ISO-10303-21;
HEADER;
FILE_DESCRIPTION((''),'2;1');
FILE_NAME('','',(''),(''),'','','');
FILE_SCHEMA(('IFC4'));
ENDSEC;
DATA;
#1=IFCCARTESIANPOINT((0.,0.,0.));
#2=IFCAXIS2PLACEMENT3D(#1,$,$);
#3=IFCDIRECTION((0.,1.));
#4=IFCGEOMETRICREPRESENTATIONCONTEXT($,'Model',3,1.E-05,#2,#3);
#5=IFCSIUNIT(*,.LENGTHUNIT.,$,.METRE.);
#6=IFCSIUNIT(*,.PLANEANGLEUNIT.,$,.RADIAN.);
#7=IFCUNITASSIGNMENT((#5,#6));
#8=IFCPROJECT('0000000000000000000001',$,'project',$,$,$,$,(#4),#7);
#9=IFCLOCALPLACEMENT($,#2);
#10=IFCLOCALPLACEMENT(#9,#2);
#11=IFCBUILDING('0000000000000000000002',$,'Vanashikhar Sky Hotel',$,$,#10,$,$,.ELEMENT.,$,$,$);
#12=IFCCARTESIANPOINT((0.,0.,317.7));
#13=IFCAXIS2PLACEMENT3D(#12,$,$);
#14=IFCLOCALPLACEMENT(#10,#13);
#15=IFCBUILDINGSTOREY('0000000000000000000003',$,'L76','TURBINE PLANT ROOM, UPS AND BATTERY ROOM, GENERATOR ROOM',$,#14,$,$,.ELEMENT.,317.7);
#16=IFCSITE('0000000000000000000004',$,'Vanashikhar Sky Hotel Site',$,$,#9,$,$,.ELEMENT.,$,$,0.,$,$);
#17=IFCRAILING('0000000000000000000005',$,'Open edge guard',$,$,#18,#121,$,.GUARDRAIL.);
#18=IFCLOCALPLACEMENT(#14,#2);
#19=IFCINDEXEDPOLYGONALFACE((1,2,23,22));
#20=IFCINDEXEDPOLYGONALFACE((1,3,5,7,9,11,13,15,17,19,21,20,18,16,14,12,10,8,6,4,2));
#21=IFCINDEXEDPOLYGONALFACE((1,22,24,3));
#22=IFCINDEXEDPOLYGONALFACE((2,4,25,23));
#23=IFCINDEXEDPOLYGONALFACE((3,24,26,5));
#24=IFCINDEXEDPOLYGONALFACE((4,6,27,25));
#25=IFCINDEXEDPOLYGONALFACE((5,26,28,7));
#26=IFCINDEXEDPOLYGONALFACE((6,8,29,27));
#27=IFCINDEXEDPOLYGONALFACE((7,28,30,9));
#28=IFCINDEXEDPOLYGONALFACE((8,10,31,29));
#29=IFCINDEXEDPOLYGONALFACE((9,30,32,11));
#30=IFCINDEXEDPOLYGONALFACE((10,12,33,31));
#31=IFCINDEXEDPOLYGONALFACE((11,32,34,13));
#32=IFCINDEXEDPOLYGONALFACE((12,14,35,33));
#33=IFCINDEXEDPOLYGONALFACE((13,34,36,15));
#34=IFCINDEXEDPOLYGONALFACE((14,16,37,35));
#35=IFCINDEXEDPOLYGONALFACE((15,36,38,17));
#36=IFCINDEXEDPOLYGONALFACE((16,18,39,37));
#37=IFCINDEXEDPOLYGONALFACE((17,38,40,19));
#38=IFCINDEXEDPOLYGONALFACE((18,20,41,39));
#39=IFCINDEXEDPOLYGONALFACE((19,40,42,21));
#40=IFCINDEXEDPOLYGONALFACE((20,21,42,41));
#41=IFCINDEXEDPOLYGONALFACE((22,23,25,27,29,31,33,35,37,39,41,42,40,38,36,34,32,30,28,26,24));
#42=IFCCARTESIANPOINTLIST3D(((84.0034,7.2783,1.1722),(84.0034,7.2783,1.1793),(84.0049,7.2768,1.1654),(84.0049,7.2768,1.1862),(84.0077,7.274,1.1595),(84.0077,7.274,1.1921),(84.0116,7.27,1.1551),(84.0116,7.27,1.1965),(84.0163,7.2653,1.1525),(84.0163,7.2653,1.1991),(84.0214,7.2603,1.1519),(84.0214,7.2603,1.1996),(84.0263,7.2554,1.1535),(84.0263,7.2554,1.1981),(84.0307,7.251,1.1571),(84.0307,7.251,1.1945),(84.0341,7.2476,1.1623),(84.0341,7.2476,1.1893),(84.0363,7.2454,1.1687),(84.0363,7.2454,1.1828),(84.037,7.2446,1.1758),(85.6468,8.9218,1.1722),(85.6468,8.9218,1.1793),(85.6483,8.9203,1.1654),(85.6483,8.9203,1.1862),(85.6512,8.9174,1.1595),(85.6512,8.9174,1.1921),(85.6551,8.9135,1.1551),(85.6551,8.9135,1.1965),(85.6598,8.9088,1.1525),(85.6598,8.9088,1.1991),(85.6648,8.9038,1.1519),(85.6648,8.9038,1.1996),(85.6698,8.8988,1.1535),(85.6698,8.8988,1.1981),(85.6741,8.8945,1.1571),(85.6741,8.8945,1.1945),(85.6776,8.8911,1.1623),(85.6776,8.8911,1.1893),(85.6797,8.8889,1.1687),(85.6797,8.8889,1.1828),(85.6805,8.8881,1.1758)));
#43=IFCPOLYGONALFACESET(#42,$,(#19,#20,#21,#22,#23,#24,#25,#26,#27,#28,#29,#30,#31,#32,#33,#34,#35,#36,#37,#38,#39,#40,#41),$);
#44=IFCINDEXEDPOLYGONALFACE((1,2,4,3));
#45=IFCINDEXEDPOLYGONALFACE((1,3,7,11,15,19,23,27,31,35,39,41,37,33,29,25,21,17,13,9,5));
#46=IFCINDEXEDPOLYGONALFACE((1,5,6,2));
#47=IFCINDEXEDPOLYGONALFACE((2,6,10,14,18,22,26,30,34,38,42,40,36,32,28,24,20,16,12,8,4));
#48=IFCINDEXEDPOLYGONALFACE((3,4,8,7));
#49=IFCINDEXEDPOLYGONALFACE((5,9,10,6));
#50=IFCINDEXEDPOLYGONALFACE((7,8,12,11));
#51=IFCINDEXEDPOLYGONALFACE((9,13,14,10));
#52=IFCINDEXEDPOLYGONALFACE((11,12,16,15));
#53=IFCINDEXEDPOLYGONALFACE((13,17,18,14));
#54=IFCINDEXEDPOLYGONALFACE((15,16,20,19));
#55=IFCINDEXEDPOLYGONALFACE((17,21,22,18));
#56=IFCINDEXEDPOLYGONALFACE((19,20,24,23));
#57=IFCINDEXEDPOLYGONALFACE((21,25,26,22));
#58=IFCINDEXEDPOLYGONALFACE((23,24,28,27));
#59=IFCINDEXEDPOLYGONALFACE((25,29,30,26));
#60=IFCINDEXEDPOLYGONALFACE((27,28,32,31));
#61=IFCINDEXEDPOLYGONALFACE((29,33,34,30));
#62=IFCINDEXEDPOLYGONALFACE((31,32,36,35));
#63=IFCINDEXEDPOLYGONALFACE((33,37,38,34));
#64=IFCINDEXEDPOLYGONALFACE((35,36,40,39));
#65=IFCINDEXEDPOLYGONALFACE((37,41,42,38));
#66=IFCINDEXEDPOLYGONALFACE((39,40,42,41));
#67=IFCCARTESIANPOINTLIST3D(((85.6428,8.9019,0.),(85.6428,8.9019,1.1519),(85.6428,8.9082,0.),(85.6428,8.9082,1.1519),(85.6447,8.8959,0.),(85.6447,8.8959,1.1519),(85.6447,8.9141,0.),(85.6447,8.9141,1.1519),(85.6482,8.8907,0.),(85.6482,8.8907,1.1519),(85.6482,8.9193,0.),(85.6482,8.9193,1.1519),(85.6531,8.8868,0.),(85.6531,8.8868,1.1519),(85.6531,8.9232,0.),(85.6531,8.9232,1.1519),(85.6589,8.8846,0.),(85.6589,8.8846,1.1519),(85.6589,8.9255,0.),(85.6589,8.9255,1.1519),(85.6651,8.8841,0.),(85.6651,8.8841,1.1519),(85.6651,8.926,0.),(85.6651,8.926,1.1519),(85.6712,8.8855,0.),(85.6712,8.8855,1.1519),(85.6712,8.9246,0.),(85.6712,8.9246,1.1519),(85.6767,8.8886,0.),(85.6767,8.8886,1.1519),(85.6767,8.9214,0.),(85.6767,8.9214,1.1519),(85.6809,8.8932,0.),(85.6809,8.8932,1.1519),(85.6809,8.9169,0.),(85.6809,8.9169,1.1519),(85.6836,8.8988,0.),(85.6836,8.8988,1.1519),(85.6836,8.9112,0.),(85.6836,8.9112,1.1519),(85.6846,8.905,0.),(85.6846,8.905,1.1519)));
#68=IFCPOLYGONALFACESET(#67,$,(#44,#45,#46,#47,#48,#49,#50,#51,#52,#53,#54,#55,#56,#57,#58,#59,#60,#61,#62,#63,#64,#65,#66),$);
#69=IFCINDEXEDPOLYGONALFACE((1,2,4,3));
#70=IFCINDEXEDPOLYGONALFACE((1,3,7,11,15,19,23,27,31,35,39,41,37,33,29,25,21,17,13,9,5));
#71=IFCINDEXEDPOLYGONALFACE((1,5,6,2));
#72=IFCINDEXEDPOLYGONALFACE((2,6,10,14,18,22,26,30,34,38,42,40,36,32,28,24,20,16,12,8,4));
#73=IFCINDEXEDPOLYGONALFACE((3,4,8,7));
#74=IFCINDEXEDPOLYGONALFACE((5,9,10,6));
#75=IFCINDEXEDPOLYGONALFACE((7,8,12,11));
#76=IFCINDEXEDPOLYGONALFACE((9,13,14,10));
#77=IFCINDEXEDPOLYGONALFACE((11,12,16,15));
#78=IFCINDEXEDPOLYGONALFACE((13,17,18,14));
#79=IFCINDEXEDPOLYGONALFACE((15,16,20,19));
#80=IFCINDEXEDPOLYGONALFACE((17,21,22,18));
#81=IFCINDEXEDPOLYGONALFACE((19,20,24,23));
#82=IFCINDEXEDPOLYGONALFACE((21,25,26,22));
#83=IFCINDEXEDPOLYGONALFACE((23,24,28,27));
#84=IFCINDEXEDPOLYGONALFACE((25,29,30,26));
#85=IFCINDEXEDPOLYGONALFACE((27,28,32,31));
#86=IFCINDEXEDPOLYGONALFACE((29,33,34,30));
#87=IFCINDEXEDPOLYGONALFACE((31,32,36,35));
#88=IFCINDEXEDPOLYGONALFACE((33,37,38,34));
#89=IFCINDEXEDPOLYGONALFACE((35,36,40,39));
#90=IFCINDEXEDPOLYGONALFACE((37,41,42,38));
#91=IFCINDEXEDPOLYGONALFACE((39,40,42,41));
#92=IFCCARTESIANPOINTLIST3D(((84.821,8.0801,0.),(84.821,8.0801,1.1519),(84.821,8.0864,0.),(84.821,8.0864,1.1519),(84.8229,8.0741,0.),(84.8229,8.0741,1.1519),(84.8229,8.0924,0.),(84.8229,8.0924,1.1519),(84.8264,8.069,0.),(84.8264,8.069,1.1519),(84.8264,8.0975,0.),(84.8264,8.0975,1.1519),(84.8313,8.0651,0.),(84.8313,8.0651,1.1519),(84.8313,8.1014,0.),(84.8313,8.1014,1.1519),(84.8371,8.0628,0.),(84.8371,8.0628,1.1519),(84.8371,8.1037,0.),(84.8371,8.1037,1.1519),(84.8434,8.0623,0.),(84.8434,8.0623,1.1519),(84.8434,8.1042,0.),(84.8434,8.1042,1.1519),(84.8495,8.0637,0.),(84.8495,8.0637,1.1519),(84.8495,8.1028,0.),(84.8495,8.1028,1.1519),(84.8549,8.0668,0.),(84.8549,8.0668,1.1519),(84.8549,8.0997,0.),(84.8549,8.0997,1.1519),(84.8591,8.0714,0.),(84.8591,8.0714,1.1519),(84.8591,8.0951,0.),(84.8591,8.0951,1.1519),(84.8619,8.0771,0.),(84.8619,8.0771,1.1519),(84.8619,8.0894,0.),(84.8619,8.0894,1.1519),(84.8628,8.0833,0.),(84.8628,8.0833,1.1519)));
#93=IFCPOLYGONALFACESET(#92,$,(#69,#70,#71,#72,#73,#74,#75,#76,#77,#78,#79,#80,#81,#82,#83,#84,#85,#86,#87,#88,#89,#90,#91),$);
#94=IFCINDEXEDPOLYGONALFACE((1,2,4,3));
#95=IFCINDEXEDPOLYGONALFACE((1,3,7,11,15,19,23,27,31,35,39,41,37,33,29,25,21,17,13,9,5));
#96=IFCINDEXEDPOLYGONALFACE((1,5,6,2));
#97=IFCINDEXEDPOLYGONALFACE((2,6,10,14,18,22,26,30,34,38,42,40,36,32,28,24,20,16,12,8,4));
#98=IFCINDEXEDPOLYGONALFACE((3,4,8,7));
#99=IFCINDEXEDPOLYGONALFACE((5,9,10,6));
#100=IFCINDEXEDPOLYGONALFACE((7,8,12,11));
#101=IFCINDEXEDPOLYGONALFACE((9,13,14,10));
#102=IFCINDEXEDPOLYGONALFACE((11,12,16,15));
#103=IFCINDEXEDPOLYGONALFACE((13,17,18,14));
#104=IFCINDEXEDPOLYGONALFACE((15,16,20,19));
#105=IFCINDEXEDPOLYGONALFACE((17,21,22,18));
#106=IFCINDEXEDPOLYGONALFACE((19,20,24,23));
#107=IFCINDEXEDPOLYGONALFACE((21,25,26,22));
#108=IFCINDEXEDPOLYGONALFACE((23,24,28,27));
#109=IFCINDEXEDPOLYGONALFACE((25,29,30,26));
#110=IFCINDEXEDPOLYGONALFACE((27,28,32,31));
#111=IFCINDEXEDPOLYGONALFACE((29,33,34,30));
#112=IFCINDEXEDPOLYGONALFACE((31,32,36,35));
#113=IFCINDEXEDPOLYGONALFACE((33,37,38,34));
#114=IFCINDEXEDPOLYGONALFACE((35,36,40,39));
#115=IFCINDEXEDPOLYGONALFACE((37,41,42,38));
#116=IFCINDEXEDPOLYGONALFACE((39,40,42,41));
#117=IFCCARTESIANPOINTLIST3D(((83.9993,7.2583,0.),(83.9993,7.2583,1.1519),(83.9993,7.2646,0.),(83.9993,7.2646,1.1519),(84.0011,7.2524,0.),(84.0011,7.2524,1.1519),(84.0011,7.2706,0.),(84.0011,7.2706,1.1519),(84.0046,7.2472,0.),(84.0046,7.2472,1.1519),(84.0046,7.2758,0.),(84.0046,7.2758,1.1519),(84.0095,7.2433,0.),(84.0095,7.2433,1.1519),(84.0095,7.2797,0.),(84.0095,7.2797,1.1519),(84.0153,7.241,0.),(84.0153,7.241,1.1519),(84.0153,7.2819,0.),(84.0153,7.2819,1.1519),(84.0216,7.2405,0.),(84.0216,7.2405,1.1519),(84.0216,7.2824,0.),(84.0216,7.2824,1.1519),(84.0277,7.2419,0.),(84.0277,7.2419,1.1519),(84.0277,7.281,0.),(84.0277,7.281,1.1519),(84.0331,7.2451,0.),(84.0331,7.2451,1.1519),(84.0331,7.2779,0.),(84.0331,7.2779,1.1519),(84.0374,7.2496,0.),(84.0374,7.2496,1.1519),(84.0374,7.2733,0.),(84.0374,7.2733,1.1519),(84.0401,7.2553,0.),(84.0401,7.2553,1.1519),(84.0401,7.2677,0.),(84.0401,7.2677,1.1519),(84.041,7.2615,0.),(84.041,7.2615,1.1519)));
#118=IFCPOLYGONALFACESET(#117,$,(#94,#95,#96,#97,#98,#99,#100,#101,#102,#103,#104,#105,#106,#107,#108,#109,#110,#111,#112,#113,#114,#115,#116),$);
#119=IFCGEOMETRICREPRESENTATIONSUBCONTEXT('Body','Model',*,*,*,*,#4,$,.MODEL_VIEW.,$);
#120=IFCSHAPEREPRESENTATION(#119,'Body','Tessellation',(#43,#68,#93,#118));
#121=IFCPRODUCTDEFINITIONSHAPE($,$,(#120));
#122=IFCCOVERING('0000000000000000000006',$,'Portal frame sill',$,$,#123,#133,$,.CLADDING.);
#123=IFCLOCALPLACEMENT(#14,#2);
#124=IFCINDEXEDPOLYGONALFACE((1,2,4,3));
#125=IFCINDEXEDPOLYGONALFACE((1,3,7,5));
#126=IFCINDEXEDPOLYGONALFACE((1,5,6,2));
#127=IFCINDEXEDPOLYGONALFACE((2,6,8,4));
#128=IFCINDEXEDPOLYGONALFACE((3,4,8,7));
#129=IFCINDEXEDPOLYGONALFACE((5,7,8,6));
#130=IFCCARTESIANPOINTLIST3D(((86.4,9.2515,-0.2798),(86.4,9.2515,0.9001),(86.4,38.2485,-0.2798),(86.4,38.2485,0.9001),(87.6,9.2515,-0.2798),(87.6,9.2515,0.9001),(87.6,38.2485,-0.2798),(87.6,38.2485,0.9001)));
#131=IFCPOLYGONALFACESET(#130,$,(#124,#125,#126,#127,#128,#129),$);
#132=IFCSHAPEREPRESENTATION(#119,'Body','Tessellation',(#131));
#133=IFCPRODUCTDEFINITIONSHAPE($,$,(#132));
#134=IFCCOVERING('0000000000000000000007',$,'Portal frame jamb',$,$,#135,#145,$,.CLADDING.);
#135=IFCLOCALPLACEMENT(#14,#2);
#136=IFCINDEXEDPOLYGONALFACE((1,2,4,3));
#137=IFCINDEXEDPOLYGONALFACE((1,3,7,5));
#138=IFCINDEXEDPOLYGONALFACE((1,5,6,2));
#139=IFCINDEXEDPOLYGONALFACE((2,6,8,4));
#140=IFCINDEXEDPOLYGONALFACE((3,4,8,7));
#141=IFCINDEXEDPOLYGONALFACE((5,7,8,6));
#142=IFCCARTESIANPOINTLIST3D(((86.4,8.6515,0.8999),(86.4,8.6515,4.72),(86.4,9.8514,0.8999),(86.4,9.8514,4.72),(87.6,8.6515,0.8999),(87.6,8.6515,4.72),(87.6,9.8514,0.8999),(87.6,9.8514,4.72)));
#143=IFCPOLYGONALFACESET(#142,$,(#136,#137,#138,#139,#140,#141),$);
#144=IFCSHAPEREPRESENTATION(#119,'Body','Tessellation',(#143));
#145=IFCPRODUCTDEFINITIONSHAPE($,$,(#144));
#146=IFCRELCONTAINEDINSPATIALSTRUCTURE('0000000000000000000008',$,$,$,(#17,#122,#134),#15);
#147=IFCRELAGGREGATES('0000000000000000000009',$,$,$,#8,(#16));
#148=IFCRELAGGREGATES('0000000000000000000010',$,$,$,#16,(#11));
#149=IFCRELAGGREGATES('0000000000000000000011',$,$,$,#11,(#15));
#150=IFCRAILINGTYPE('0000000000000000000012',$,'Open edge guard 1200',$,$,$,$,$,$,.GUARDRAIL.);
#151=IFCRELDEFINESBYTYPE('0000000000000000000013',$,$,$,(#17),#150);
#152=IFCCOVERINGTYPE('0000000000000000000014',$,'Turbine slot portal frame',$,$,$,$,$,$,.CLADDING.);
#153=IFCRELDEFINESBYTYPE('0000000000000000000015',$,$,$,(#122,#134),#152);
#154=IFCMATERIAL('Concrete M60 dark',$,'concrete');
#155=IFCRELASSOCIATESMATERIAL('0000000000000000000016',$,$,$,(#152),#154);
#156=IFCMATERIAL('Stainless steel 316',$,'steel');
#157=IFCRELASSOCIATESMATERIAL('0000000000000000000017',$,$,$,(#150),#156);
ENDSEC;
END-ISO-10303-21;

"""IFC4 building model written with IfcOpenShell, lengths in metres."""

from ifc_helpers import new_model, si_unit, direction, frame, origin, origin_2d, place, context, subcontext, project, spatial, rectangle, circle, extrude, source, transform, mapped, material, type_object, element, save


model = new_model("IFC4")

# Units and contexts
model_context = context("Model", 3, precision=1e-05, world=origin(), true_north=direction((0.0, 1.0)))
body_context = subcontext(model_context, "Body", "Model", "MODEL_VIEW")
ifc_project = project(units=[si_unit("LENGTHUNIT", "METRE"), si_unit("PLANEANGLEUNIT", "RADIAN")], contexts=[model_context])

# Site, building, storey
site_placement = place(None, origin())
site = spatial("IfcSite", under=ifc_project, at=site_placement, Name="Vanashikhar Sky Hotel Site", CompositionType="ELEMENT", RefElevation=0.0)
building_placement = place(site_placement, origin())
building = spatial("IfcBuilding", under=site, at=building_placement, Name="Vanashikhar Sky Hotel", CompositionType="ELEMENT")
storey_placement = place(building_placement, frame((0.0, 0.0, 317.7)))
storey = spatial("IfcBuildingStorey", under=building, at=storey_placement, Name="L76", Description="TURBINE PLANT ROOM, UPS AND BATTERY ROOM, GENERATOR ROOM", CompositionType="ELEMENT", Elevation=317.7)

# Shared definitions
ifc_material_1 = material(Name="Concrete M60 dark", Category="concrete")
covering_type = type_object("IfcCoveringType", Name="Turbine slot portal frame", PredefinedType="CLADDING", material=ifc_material_1)

# Railing
ifc_material_2 = material(Name="Stainless steel 316", Category="steel")
railing_type_1 = type_object("IfcRailingType", Name="Open edge guard 1200", PredefinedType="GUARDRAIL", material=ifc_material_2)
shared_shape_1 = source(origin(), body_context, "Body", "SweptSolid", [
    extrude(circle(Radius=0.0239, at=origin_2d()), frame((0.0, 0.0, 1.1758), z_axis=(-0.707107, -0.707107, 0.0), x_axis=(0.707107, -0.707107, 0.0)), (0.0, 0.0, 1.0), 2.3242),
    extrude(circle(Radius=0.021, at=origin_2d()), origin(), (0.0, 0.0, 1.0), 1.1519),
    extrude(circle(Radius=0.021, at=origin_2d()), frame((-0.8218, -0.8218, 0.0)), (0.0, 0.0, 1.0), 1.1519),
    extrude(circle(Radius=0.021, at=origin_2d()), frame((-1.6436, -1.6436, 0.0)), (0.0, 0.0, 1.0), 1.1519),
])
railing_1_placement = place(storey_placement, frame((85.6636, 8.905, 0.0)))
element("IfcRailing", 1, at=railing_1_placement, inside=storey, type_object=railing_type_1, Name="Open edge guard", PredefinedType="GUARDRAIL", context=body_context, shape_type="MappedRepresentation", body=[
    mapped(shared_shape_1, transform((0.0, 0.0, 0.0), scale=1.0)),
])

# Coverings
shared_shape_2 = source(origin(), body_context, "Body", "SweptSolid", [
    extrude(rectangle(XDim=28.9971, YDim=1.2, at=origin_2d()), origin(), (0.0, 0.0, 1.0), 1.1799),
])
covering_1_placement = place(storey_placement, frame((87.0, 23.75, -0.2798), z_axis=(0.0, 0.0, 1.0), x_axis=(0.0, 1.0, 0.0)))
element("IfcCovering", 2, at=covering_1_placement, inside=storey, type_object=covering_type, Name="Portal frame sill", PredefinedType="CLADDING", context=body_context, shape_type="MappedRepresentation", body=[
    mapped(shared_shape_2, transform((0.0, 0.0, 0.0), scale=1.0)),
])
shared_shape_3 = source(origin(), body_context, "Body", "SweptSolid", [
    extrude(rectangle(XDim=1.2, YDim=1.2, at=origin_2d()), origin(), (0.0, 0.0, 1.0), 3.8201),
])
covering_2_placement = place(storey_placement, frame((87.0, 9.2515, 0.8999), z_axis=(0.0, 0.0, 1.0), x_axis=(1.0, 0.0, 0.0)))
element("IfcCovering", 3, at=covering_2_placement, inside=storey, type_object=covering_type, Name="Portal frame jamb", PredefinedType="CLADDING", context=body_context, shape_type="MappedRepresentation", body=[
    mapped(shared_shape_3, transform((0.0, 0.0, 0.0), scale=1.0)),
])

save(model, "model.ifc")
